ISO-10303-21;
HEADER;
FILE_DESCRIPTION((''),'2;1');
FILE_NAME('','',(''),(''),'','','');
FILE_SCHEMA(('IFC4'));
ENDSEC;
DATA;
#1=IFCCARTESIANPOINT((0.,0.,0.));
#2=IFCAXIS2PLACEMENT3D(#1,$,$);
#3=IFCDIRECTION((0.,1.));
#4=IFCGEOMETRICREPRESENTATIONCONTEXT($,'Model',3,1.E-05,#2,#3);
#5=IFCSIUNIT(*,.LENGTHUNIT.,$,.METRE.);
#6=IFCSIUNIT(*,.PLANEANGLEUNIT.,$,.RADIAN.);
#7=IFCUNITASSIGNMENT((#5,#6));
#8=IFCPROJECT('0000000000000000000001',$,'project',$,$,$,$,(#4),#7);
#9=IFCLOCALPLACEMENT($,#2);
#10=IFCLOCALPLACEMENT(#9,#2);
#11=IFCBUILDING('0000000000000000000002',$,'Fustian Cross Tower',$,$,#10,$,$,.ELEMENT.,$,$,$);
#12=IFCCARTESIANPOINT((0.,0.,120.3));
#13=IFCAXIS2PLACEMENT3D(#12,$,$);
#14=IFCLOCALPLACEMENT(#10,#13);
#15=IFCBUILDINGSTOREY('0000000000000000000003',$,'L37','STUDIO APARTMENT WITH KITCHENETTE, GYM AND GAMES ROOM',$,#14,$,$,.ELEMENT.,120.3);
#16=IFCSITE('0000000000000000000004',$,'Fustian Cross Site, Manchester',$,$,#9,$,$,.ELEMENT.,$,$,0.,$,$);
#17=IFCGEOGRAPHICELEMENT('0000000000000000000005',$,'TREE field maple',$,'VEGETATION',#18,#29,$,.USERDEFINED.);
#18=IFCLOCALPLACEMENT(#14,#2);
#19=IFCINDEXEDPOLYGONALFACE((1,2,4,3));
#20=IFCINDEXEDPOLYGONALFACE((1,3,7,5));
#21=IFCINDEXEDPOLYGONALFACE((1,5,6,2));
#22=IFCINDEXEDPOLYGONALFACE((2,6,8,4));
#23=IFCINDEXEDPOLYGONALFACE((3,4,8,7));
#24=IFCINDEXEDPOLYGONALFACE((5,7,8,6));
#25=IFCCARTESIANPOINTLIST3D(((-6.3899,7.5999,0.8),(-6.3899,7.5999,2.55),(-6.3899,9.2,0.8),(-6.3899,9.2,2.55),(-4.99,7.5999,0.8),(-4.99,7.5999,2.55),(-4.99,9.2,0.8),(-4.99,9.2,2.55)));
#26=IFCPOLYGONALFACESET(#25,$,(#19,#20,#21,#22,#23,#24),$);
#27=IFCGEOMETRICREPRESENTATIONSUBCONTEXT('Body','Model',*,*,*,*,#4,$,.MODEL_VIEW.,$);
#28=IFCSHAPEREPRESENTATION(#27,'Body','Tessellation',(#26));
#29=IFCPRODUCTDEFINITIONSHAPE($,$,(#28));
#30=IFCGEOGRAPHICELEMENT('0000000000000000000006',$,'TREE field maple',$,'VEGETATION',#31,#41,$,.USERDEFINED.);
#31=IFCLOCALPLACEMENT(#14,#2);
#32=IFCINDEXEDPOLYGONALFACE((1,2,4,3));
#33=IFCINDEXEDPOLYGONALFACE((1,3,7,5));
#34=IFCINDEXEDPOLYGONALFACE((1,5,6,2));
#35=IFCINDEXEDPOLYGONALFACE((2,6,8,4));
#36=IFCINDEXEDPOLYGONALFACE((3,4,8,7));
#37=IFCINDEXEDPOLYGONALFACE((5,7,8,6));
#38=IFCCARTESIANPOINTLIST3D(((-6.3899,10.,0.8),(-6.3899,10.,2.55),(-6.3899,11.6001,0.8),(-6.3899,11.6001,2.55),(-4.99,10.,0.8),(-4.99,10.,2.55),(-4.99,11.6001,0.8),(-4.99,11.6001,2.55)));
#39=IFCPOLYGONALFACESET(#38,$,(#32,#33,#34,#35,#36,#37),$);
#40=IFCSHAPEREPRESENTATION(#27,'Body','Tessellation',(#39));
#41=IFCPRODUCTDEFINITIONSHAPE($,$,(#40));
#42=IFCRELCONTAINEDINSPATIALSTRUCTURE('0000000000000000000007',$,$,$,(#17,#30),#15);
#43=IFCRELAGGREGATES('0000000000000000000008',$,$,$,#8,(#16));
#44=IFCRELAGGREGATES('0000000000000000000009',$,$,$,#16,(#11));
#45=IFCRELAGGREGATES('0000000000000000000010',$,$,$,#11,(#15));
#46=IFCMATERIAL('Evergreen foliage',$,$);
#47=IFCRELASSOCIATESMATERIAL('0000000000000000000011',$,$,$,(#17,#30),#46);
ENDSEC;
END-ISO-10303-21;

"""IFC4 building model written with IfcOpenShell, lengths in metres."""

from ifc_helpers import new_model, si_unit, direction, frame, origin, origin_2d, place, context, subcontext, project, spatial, rectangle, extrude, material, element, save


model = new_model("IFC4")

# Units and contexts
model_context = context("Model", 3, precision=1e-05, world=origin(), true_north=direction((0.0, 1.0)))
body_context = subcontext(model_context, "Body", "Model", "MODEL_VIEW")
ifc_project = project(units=[si_unit("LENGTHUNIT", "METRE"), si_unit("PLANEANGLEUNIT", "RADIAN")], contexts=[model_context])

# Site, building, storey
site_placement = place(None, origin())
site = spatial("IfcSite", under=ifc_project, at=site_placement, Name="Fustian Cross Site, Manchester", CompositionType="ELEMENT", RefElevation=0.0)
building_placement = place(site_placement, origin())
building = spatial("IfcBuilding", under=site, at=building_placement, Name="Fustian Cross Tower", CompositionType="ELEMENT")
storey_placement = place(building_placement, frame((0.0, 0.0, 120.3)))
storey = spatial("IfcBuildingStorey", under=building, at=storey_placement, Name="L37", Description="STUDIO APARTMENT WITH KITCHENETTE, GYM AND GAMES ROOM", CompositionType="ELEMENT", Elevation=120.3)

# Geographic elements
ifc_material_1 = material(Name="Evergreen foliage")
for number, where, z_axis, x_axis, name in (
    (1, (-5.6899, 8.3999, 0.8), (0.0, 0.0, 1.0), (1.0, 0.0, 0.0), "TREE field maple"),
    (2, (-5.6899, 10.8, 0.8), (0.0, 0.0, 1.0), (1.0, 0.0, 0.0), "TREE field maple"),
):
    element("IfcGeographicElement", number, at=place(storey_placement, frame(where, z_axis=z_axis, x_axis=x_axis)), inside=storey, material=ifc_material_1, Name=name, ObjectType="VEGETATION", PredefinedType="USERDEFINED", context=body_context, shape_type="SweptSolid", body=[
        extrude(rectangle(XDim=1.3999, YDim=1.6001, at=origin_2d()), origin(), (0.0, 0.0, 1.0), 1.75),
    ])

save(model, "model.ifc")
